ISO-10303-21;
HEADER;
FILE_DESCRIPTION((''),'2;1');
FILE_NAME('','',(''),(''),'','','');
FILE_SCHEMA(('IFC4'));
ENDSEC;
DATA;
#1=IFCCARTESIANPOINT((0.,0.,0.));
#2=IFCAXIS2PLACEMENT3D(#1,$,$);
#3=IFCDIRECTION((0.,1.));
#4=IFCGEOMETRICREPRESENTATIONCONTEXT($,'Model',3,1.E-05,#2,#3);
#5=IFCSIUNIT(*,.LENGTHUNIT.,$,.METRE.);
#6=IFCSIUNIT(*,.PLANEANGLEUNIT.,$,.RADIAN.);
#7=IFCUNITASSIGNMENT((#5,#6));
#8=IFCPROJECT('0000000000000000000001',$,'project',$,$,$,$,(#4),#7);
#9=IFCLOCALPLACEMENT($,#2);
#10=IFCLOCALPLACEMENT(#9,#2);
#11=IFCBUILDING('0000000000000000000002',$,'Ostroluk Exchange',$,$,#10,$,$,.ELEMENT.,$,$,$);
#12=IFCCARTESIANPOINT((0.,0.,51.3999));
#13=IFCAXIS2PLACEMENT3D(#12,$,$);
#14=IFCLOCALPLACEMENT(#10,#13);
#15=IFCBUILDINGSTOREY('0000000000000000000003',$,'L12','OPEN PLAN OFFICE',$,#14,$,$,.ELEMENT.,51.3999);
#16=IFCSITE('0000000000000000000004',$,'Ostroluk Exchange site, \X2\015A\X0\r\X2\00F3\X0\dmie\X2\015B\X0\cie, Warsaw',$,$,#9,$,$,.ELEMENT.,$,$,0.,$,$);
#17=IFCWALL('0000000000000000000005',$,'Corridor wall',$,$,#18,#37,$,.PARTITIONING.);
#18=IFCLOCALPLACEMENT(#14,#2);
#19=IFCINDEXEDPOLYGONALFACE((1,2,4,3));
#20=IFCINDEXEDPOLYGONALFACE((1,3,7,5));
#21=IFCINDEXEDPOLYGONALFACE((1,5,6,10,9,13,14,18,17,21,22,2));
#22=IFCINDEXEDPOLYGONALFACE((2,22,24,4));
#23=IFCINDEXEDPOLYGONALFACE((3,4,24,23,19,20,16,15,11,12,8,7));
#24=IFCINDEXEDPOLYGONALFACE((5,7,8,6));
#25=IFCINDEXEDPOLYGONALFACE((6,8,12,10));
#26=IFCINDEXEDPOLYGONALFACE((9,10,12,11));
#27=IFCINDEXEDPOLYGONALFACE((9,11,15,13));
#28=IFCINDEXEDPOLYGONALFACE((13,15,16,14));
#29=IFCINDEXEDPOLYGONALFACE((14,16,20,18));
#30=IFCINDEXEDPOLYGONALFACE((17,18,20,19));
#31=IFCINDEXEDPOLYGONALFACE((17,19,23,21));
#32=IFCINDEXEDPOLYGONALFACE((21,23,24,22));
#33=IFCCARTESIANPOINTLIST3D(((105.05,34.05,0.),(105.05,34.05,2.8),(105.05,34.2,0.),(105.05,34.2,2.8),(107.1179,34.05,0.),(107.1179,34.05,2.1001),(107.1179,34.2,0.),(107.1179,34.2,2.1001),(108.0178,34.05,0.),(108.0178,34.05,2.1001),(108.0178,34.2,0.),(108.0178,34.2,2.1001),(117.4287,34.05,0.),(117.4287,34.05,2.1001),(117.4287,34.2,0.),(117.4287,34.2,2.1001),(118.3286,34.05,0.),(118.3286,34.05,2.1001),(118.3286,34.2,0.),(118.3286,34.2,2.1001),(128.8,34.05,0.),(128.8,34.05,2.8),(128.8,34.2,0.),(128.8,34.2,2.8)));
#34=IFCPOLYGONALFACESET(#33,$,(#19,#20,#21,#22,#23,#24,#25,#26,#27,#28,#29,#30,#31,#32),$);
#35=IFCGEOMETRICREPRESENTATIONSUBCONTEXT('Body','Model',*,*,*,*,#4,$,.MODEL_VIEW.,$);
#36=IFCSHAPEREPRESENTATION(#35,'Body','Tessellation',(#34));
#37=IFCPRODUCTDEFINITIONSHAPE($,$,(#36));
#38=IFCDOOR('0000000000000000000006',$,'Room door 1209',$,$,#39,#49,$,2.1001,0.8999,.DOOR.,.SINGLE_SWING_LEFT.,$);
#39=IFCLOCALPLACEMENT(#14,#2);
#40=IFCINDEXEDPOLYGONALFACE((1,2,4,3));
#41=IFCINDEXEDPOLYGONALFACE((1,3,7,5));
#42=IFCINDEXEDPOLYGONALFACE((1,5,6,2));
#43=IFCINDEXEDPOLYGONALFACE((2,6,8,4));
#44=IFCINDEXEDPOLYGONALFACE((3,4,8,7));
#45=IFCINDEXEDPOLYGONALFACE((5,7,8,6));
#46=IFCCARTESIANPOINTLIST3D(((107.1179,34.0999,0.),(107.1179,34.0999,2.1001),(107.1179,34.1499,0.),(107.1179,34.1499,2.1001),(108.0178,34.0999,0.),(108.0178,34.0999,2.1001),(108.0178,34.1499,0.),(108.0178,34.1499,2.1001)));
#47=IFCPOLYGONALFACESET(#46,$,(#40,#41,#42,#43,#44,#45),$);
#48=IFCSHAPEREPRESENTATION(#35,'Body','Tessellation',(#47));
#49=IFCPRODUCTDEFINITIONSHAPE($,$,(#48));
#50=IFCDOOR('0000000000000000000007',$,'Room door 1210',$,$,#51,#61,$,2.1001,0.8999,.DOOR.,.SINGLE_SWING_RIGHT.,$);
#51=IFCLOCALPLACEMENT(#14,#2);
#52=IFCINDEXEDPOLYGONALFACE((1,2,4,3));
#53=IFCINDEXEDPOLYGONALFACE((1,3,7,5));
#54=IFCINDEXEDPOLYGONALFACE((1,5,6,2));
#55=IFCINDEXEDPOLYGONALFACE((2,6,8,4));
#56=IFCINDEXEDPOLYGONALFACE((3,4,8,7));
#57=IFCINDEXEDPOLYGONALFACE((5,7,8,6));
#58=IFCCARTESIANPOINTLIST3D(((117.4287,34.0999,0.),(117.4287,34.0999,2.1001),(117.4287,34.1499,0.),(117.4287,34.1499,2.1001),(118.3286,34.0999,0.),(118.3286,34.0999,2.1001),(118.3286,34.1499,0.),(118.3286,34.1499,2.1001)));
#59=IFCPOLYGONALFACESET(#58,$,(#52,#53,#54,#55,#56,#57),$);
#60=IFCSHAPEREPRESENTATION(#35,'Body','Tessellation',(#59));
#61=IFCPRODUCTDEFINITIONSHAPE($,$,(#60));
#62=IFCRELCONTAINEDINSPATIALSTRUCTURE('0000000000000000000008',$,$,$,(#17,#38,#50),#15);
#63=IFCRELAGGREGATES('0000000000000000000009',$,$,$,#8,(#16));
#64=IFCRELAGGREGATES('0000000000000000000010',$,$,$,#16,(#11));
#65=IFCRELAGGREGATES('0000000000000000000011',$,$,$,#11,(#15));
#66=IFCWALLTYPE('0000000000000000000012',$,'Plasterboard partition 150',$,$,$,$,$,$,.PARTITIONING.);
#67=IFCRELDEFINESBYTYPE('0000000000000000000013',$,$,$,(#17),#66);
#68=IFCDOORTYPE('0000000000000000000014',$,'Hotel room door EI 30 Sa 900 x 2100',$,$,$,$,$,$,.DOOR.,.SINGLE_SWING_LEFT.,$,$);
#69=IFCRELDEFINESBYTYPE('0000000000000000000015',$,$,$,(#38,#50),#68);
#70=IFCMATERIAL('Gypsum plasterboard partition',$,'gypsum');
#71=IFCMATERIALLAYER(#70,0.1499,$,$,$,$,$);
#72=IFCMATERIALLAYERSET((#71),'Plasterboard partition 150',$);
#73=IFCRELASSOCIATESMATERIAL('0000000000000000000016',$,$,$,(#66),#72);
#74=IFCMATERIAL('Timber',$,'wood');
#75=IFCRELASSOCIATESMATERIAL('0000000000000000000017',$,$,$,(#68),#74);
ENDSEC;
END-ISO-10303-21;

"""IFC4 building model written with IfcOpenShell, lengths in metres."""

from ifc_helpers import new_model, si_unit, direction, frame, frame_2d, origin, place, context, subcontext, project, spatial, rectangle, extrude, material, layer, layer_set, type_object, element, fill, save


model = new_model("IFC4")

# Units and contexts
model_context = context("Model", 3, precision=1e-05, world=origin(), true_north=direction((0.0, 1.0)))
body_context = subcontext(model_context, "Body", "Model", "MODEL_VIEW")
ifc_project = project(units=[si_unit("LENGTHUNIT", "METRE"), si_unit("PLANEANGLEUNIT", "RADIAN")], contexts=[model_context])

# Site, building, storey
site_placement = place(None, origin())
site = spatial("IfcSite", under=ifc_project, at=site_placement, Name="Ostroluk Exchange site, Śródmieście, Warsaw", CompositionType="ELEMENT", RefElevation=0.0)
building_placement = place(site_placement, origin())
building = spatial("IfcBuilding", under=site, at=building_placement, Name="Ostroluk Exchange", CompositionType="ELEMENT")
storey_placement = place(building_placement, frame((0.0, 0.0, 51.3999)))
storey = spatial("IfcBuildingStorey", under=building, at=storey_placement, Name="L12", Description="OPEN PLAN OFFICE", CompositionType="ELEMENT", Elevation=51.3999)

# Wall, openings, doors
ifc_material_1 = material(Name="Gypsum plasterboard partition", Category="gypsum")
ifc_layer_1 = layer(ifc_material_1, 0.1499)
ifc_layer_set_1 = layer_set([ifc_layer_1], Name="Plasterboard partition 150")
wall_type_1 = type_object("IfcWallType", Name="Plasterboard partition 150", PredefinedType="PARTITIONING", material=ifc_layer_set_1)
wall_1_placement = place(storey_placement, frame((105.05, 34.125, 0.0), z_axis=(0.0, 0.0, 1.0), x_axis=(1.0, 0.0, 0.0)))
wall_1 = element("IfcWall", 1, at=wall_1_placement, inside=storey, type_object=wall_type_1, Name="Corridor wall", PredefinedType="PARTITIONING", context=body_context, shape_type="SweptSolid", body=[
    extrude(rectangle(XDim=23.75, YDim=0.1499, at=frame_2d((11.875, 0.0))), origin(), (0.0, 0.0, 1.0), 2.8),
])
opening_1_placement = place(wall_1_placement, frame((2.0679, 0.0, 0.0)))
opening_1 = element("IfcOpeningElement", 2, at=opening_1_placement, cuts=wall_1, PredefinedType="OPENING", context=body_context, shape_type="SweptSolid", body=[
    extrude(rectangle(XDim=0.8999, YDim=2.1001, at=frame_2d((0.45, 1.05))), frame((0.0, 0.085, 0.0), z_axis=(0.0, -1.0, 0.0), x_axis=(1.0, 0.0, 0.0)), (0.0, 0.0, 1.0), 0.1699),
])
opening_2_placement = place(wall_1_placement, frame((12.3787, 0.0, 0.0)))
opening_2 = element("IfcOpeningElement", 3, at=opening_2_placement, cuts=wall_1, PredefinedType="OPENING", context=body_context, shape_type="SweptSolid", body=[
    extrude(rectangle(XDim=0.8999, YDim=2.1001, at=frame_2d((0.45, 1.05))), frame((0.0, 0.085, 0.0), z_axis=(0.0, -1.0, 0.0), x_axis=(1.0, 0.0, 0.0)), (0.0, 0.0, 1.0), 0.1699),
])
ifc_material_2 = material(Name="Timber", Category="wood")
door_type_1 = type_object("IfcDoorType", Name="Hotel room door EI 30 Sa 900 x 2100", OperationType="SINGLE_SWING_LEFT", PredefinedType="DOOR", material=ifc_material_2)
door_1_placement = place(opening_1_placement, origin())
door_1 = element("IfcDoor", 4, at=door_1_placement, inside=storey, type_object=door_type_1, Name="Room door 1209", OperationType="SINGLE_SWING_LEFT", OverallHeight=2.1001, OverallWidth=0.8999, PredefinedType="DOOR", context=body_context, shape_type="SweptSolid", body=[
    extrude(rectangle(XDim=0.8999, YDim=2.1001, at=frame_2d((0.45, 1.05))), frame((0.0, 0.0249, 0.0), z_axis=(0.0, -1.0, 0.0), x_axis=(1.0, 0.0, 0.0)), (0.0, 0.0, 1.0), 0.05),
])
fill(opening_1, door_1)
door_2_placement = place(opening_2_placement, origin())
door_2 = element("IfcDoor", 5, at=door_2_placement, inside=storey, type_object=door_type_1, Name="Room door 1210", OperationType="SINGLE_SWING_RIGHT", OverallHeight=2.1001, OverallWidth=0.8999, PredefinedType="DOOR", context=body_context, shape_type="SweptSolid", body=[
    extrude(rectangle(XDim=0.8999, YDim=2.1001, at=frame_2d((0.45, 1.05))), frame((0.0, 0.0249, 0.0), z_axis=(0.0, -1.0, 0.0), x_axis=(1.0, 0.0, 0.0)), (0.0, 0.0, 1.0), 0.05),
])
fill(opening_2, door_2)

save(model, "model.ifc")
